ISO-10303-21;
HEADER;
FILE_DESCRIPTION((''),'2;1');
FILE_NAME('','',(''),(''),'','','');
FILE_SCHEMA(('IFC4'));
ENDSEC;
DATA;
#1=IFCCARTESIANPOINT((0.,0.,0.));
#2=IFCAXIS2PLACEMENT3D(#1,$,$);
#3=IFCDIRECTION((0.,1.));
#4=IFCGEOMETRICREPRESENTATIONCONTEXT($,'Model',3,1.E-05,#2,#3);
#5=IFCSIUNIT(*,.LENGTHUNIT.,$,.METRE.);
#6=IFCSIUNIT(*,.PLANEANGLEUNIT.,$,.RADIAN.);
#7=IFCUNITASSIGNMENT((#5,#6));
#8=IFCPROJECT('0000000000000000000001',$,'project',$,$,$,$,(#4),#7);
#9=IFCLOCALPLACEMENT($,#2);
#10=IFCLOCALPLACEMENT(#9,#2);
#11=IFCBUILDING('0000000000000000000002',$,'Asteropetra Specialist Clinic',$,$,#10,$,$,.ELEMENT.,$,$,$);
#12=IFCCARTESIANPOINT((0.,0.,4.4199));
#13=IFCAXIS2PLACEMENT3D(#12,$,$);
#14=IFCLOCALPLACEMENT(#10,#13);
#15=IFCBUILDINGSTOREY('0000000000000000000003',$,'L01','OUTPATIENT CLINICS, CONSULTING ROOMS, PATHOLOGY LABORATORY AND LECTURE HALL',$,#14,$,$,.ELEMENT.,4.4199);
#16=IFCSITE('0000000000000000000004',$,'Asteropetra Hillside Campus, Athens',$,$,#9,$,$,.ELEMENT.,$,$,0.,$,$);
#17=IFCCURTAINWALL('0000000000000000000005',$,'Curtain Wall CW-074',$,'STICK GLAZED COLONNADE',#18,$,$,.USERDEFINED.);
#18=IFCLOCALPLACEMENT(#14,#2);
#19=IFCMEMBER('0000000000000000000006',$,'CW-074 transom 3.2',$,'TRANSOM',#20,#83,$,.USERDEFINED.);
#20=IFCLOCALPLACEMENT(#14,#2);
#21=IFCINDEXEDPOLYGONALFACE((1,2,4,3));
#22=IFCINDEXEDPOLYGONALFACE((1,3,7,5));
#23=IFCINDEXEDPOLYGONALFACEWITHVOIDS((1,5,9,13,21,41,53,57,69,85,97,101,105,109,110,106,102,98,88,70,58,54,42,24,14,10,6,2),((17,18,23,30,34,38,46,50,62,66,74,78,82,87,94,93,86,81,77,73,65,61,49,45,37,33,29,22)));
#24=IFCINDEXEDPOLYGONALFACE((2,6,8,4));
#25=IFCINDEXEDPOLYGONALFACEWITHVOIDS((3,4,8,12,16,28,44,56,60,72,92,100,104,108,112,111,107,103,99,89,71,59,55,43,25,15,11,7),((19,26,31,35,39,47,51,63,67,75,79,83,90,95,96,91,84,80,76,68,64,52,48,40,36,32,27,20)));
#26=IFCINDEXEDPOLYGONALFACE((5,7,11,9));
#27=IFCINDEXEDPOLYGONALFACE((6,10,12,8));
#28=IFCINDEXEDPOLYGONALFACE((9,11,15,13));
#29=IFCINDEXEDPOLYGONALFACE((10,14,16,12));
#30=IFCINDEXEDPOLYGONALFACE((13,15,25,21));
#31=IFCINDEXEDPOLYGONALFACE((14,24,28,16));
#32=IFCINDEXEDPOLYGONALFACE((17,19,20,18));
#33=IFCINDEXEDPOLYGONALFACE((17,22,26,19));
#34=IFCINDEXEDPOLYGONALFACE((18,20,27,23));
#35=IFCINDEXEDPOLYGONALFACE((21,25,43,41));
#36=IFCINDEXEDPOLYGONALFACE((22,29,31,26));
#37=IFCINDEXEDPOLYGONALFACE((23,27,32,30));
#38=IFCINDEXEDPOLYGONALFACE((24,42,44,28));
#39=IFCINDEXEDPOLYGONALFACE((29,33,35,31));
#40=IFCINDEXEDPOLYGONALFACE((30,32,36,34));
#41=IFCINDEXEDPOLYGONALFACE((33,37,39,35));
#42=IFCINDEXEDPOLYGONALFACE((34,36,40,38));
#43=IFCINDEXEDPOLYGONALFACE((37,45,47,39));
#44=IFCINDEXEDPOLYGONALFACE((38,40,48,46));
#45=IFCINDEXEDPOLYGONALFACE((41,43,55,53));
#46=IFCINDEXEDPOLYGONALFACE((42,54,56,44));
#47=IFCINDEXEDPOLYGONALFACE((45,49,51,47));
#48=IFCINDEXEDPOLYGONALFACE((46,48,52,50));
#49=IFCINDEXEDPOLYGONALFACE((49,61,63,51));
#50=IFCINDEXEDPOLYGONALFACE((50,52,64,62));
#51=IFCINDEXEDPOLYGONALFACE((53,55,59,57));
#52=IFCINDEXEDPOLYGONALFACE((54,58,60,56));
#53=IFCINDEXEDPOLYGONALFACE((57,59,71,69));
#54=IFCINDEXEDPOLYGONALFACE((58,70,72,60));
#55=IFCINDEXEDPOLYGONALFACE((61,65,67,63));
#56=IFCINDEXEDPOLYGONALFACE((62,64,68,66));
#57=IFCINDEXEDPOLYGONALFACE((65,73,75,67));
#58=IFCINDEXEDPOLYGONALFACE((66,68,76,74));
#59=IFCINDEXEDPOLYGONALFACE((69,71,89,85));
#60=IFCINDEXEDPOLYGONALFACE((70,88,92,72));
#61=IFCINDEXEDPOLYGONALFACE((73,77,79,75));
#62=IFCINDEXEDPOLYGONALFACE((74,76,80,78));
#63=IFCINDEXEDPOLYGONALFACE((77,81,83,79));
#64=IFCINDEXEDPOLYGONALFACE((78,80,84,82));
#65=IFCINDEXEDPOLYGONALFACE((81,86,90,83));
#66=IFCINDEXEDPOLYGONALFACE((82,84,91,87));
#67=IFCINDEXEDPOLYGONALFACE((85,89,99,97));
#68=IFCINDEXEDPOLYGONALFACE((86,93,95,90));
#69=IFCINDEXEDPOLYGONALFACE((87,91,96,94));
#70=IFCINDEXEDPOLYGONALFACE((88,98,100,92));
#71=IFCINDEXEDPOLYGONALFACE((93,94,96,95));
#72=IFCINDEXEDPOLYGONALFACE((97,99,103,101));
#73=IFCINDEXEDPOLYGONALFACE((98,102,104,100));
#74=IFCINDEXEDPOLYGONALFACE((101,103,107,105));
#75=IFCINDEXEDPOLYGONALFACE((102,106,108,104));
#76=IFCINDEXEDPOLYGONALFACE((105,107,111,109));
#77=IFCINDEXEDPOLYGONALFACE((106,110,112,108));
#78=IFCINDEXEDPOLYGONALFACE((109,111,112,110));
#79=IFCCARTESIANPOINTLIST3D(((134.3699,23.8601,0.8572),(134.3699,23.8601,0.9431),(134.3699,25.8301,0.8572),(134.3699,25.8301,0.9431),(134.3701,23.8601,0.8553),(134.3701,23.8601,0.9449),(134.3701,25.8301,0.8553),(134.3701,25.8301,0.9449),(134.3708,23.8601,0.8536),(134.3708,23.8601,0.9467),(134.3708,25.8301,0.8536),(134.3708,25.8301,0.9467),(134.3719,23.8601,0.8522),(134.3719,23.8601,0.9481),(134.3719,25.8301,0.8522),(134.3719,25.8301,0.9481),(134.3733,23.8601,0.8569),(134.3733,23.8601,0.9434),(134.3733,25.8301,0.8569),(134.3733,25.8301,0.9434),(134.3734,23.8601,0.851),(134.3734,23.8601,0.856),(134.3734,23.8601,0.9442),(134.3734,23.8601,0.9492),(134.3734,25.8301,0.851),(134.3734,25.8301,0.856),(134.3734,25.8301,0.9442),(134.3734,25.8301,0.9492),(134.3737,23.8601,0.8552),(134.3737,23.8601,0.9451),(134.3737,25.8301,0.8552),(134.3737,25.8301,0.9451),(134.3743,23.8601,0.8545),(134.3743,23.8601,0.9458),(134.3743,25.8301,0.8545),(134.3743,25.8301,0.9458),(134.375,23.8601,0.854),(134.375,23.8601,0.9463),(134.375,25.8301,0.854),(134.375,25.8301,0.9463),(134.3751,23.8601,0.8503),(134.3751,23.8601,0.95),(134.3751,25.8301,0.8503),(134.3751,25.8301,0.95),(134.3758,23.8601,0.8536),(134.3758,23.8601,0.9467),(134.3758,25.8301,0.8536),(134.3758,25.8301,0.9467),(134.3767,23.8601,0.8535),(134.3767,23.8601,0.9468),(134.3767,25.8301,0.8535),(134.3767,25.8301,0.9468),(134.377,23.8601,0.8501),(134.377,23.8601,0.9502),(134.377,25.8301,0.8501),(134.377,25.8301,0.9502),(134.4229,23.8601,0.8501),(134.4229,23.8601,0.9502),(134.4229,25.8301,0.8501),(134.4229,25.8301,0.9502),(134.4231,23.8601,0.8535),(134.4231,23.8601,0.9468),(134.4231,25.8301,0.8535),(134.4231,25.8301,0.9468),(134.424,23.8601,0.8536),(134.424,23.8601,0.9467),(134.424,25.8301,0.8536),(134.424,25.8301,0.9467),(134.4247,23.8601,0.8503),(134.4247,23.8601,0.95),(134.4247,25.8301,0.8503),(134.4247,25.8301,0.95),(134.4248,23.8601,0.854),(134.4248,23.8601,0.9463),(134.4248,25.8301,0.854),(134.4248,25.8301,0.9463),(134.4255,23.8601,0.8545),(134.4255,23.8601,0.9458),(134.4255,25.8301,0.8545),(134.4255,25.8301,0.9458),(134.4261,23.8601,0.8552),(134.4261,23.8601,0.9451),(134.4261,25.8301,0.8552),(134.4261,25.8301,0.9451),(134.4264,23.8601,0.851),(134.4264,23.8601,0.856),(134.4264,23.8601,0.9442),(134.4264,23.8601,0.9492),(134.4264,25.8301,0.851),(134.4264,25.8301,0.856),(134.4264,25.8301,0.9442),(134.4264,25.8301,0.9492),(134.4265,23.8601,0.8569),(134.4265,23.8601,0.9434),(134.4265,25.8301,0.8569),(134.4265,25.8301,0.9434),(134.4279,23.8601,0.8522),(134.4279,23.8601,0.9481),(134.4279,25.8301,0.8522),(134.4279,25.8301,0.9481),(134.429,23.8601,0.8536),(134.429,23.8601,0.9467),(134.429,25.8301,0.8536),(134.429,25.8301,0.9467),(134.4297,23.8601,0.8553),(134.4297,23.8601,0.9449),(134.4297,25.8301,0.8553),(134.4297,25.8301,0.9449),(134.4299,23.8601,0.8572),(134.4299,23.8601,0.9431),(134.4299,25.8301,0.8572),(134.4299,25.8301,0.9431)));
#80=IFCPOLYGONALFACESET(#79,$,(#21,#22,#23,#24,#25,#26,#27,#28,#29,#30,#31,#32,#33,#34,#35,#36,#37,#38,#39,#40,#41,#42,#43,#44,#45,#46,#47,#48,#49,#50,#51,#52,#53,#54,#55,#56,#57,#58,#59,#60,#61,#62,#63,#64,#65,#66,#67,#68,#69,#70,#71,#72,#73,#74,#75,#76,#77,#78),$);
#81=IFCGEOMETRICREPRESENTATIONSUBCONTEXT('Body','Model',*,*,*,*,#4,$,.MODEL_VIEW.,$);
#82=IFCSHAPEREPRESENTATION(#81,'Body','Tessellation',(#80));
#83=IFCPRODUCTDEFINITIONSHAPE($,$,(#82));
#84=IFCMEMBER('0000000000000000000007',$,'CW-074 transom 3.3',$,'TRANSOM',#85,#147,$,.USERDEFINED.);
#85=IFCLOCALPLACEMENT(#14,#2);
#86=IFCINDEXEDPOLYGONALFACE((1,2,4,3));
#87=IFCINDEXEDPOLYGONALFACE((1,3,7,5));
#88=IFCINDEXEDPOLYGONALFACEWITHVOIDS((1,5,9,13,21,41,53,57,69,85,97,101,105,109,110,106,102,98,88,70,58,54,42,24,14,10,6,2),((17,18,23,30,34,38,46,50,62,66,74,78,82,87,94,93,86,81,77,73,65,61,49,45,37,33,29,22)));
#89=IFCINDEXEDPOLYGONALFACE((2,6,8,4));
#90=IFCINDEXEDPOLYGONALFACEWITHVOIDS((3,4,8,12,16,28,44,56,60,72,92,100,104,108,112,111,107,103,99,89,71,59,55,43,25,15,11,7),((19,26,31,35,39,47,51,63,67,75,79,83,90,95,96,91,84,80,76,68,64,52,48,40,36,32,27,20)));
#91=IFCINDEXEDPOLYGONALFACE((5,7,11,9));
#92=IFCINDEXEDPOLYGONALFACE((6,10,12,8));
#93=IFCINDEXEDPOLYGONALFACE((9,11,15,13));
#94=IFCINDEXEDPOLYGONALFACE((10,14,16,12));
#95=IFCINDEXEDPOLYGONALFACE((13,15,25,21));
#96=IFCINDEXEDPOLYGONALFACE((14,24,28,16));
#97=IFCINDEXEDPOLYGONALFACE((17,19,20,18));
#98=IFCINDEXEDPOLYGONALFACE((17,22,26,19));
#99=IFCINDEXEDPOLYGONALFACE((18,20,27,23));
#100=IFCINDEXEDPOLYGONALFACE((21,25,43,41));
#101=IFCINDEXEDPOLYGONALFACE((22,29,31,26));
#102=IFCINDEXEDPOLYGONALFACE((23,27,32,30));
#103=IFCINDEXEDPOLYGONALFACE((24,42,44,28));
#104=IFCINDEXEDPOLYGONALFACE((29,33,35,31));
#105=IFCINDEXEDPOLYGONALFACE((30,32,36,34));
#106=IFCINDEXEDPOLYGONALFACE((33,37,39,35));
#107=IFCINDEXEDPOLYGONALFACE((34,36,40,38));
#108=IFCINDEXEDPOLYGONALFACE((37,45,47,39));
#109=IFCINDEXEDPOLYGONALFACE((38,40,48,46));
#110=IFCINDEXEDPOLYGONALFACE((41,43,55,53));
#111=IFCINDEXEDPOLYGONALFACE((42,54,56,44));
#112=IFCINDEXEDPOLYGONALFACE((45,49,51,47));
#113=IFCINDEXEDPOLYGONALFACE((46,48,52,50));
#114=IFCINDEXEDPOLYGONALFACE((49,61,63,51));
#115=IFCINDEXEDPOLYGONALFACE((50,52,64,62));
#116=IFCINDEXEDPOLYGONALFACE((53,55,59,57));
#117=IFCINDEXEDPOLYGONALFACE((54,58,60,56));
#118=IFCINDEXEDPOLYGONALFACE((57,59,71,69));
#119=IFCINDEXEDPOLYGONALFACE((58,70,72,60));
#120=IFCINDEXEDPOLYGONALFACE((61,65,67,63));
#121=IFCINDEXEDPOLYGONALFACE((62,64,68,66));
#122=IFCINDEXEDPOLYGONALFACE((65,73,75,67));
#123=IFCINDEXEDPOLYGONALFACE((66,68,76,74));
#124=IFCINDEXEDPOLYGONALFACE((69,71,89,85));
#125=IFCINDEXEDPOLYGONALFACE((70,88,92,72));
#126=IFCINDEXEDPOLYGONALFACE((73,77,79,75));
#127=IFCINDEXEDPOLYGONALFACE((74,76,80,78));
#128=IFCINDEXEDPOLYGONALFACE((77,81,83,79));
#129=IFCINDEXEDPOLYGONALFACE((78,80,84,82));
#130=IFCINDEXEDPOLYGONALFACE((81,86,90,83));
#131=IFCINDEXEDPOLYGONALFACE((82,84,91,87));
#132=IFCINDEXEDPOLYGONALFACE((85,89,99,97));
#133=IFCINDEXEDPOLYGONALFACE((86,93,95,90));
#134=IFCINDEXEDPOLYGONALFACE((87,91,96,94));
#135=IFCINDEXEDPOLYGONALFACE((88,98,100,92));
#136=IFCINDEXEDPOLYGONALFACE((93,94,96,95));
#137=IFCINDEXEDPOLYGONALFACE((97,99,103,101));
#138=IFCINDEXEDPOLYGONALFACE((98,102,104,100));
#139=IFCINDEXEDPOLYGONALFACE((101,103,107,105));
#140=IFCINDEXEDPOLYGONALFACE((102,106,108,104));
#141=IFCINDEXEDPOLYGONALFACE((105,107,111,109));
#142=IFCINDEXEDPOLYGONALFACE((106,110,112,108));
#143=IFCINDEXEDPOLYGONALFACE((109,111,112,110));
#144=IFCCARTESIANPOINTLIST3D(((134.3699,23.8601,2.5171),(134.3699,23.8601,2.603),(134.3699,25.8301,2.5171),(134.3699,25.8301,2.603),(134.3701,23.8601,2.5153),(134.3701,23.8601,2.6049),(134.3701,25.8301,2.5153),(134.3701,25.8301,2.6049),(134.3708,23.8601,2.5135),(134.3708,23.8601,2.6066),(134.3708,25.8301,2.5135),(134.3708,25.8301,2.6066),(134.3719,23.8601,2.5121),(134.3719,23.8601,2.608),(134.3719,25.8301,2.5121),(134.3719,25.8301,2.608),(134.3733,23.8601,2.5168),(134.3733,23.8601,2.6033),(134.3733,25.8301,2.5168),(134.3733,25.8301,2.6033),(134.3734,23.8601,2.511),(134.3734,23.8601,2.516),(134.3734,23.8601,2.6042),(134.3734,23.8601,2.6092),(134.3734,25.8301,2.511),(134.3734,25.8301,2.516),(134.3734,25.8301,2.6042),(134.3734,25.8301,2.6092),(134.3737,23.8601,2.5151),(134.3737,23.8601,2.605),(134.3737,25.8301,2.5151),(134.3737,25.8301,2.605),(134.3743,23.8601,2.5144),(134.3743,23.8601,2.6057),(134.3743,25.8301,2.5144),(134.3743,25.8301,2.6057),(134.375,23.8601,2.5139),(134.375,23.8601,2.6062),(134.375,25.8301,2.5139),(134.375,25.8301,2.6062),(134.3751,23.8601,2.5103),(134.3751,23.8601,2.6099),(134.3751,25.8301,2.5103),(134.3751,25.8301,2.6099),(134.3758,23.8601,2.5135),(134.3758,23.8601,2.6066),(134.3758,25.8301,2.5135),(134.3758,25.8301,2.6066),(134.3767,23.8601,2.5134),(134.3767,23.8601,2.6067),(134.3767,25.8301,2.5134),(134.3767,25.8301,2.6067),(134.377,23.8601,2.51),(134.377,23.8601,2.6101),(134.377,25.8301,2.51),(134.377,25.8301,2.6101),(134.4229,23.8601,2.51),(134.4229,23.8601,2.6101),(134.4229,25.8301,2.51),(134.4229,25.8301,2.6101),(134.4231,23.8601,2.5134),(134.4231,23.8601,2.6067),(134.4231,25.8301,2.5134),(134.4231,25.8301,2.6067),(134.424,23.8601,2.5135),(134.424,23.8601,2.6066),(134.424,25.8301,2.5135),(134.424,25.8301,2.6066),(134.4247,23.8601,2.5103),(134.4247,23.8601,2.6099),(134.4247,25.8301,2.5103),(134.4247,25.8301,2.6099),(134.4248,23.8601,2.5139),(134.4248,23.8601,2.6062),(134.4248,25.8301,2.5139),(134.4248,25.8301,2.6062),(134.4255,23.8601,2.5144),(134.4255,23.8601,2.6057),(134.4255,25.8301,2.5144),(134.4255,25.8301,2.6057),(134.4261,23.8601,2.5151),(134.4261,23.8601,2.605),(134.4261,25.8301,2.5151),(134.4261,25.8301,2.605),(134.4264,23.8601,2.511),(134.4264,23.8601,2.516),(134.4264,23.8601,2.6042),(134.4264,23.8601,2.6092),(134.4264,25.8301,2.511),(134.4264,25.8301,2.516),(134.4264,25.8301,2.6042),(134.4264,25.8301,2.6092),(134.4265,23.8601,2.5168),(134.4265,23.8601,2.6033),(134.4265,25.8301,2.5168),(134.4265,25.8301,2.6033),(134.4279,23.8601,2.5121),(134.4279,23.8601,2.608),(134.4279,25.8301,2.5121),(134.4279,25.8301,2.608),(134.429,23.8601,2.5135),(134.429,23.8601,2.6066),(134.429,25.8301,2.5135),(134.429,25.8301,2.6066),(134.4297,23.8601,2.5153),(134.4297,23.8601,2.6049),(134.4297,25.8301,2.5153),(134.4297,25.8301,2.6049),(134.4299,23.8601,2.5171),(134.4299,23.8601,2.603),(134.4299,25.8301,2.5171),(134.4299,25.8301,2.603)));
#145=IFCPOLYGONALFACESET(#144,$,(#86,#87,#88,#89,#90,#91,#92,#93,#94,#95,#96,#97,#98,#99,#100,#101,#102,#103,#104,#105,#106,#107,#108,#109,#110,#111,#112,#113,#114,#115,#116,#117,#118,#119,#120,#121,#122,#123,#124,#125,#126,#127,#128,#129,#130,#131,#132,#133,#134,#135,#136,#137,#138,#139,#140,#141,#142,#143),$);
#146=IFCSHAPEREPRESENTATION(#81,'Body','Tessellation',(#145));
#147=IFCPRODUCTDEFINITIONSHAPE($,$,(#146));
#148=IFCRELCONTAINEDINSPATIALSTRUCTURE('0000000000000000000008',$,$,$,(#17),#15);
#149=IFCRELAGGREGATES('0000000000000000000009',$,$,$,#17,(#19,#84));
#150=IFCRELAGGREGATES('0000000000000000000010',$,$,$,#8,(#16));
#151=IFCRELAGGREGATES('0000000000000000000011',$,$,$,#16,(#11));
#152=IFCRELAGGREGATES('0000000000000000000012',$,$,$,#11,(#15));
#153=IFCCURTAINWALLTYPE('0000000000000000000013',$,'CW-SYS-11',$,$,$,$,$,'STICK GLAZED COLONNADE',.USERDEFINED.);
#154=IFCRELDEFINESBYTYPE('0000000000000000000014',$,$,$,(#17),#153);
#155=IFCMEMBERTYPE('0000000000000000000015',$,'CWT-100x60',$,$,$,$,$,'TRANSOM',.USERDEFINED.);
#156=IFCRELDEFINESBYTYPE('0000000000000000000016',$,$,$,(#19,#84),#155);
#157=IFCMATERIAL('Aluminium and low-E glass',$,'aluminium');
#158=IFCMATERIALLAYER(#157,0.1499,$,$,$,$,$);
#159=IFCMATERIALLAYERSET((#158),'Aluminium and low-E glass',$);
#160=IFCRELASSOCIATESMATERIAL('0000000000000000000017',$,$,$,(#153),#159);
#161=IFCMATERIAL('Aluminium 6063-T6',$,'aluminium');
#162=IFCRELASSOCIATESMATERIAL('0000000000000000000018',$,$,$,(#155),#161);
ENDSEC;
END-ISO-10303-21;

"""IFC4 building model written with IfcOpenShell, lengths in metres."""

from ifc_helpers import new_model, si_unit, direction, frame, origin, origin_2d, place, context, subcontext, project, spatial, hollow_rectangle, extrude, material, layer, layer_set, material_profile, profile_set, type_object, element, aggregate, save


model = new_model("IFC4")

# Units and contexts
model_context = context("Model", 3, precision=1e-05, world=origin(), true_north=direction((0.0, 1.0)))
body_context = subcontext(model_context, "Body", "Model", "MODEL_VIEW")
ifc_project = project(units=[si_unit("LENGTHUNIT", "METRE"), si_unit("PLANEANGLEUNIT", "RADIAN")], contexts=[model_context])

# Site, building, storey
site_placement = place(None, origin())
site = spatial("IfcSite", under=ifc_project, at=site_placement, Name="Asteropetra Hillside Campus, Athens", CompositionType="ELEMENT", RefElevation=0.0)
building_placement = place(site_placement, origin())
building = spatial("IfcBuilding", under=site, at=building_placement, Name="Asteropetra Specialist Clinic", CompositionType="ELEMENT")
storey_placement = place(building_placement, frame((0.0, 0.0, 4.4199)))
storey = spatial("IfcBuildingStorey", under=building, at=storey_placement, Name="L01", Description="OUTPATIENT CLINICS, CONSULTING ROOMS, PATHOLOGY LABORATORY AND LECTURE HALL", CompositionType="ELEMENT", Elevation=4.4199)

# Curtain wall
ifc_material_1 = material(Name="Aluminium and low-E glass", Category="aluminium")
ifc_layer_1 = layer(ifc_material_1, 0.1499)
ifc_layer_set_1 = layer_set([ifc_layer_1], Name="Aluminium and low-E glass")
curtain_wall_type_1 = type_object("IfcCurtainWallType", Name="CW-SYS-11", ElementType="STICK GLAZED COLONNADE", PredefinedType="USERDEFINED", material=ifc_layer_set_1)
curtain_wall_1_placement = place(storey_placement, origin())
curtain_wall_1 = element("IfcCurtainWall", 1, at=curtain_wall_1_placement, inside=storey, type_object=curtain_wall_type_1, Name="Curtain Wall CW-074", ObjectType="STICK GLAZED COLONNADE", PredefinedType="USERDEFINED")

# Members
ifc_material_2 = material(Name="Aluminium 6063-T6", Category="aluminium")
ifc_material_profile_1 = material_profile(ifc_material_2, hollow_rectangle(XDim=0.0601, YDim=0.1001, WallThickness=0.0034, InnerFilletRadius=0.0034, OuterFilletRadius=0.0071, at=origin_2d()), Name="TRN 100x60x3.5")
ifc_profile_set_1 = profile_set([ifc_material_profile_1], Name="Aluminium 6063-T6")
member_type_1 = type_object("IfcMemberType", Name="CWT-100x60", ElementType="TRANSOM", PredefinedType="USERDEFINED", material=ifc_profile_set_1)
member_1_placement = place(storey_placement, frame((134.3999, 23.8601, 0.9001), z_axis=(0.0, 1.0, 0.0), x_axis=(-1.0, 0.0, 0.0)))
member_1 = element("IfcMember", 2, at=member_1_placement, type_object=member_type_1, Name="CW-074 transom 3.2", ObjectType="TRANSOM", PredefinedType="USERDEFINED", context=body_context, shape_type="SweptSolid", body=[
    extrude(hollow_rectangle(XDim=0.0601, YDim=0.1001, WallThickness=0.0034, InnerFilletRadius=0.0034, OuterFilletRadius=0.0071, at=origin_2d()), origin(), (0.0, 0.0, 1.0), 1.97),
])
member_2_placement = place(storey_placement, frame((134.3999, 23.8601, 2.5601), z_axis=(0.0, 1.0, 0.0), x_axis=(-1.0, 0.0, 0.0)))
member_2 = element("IfcMember", 3, at=member_2_placement, type_object=member_type_1, Name="CW-074 transom 3.3", ObjectType="TRANSOM", PredefinedType="USERDEFINED", context=body_context, shape_type="SweptSolid", body=[
    extrude(hollow_rectangle(XDim=0.0601, YDim=0.1001, WallThickness=0.0034, InnerFilletRadius=0.0034, OuterFilletRadius=0.0071, at=origin_2d()), origin(), (0.0, 0.0, 1.0), 1.97),
])

aggregate(curtain_wall_1, [member_1, member_2])

save(model, "model.ifc")
